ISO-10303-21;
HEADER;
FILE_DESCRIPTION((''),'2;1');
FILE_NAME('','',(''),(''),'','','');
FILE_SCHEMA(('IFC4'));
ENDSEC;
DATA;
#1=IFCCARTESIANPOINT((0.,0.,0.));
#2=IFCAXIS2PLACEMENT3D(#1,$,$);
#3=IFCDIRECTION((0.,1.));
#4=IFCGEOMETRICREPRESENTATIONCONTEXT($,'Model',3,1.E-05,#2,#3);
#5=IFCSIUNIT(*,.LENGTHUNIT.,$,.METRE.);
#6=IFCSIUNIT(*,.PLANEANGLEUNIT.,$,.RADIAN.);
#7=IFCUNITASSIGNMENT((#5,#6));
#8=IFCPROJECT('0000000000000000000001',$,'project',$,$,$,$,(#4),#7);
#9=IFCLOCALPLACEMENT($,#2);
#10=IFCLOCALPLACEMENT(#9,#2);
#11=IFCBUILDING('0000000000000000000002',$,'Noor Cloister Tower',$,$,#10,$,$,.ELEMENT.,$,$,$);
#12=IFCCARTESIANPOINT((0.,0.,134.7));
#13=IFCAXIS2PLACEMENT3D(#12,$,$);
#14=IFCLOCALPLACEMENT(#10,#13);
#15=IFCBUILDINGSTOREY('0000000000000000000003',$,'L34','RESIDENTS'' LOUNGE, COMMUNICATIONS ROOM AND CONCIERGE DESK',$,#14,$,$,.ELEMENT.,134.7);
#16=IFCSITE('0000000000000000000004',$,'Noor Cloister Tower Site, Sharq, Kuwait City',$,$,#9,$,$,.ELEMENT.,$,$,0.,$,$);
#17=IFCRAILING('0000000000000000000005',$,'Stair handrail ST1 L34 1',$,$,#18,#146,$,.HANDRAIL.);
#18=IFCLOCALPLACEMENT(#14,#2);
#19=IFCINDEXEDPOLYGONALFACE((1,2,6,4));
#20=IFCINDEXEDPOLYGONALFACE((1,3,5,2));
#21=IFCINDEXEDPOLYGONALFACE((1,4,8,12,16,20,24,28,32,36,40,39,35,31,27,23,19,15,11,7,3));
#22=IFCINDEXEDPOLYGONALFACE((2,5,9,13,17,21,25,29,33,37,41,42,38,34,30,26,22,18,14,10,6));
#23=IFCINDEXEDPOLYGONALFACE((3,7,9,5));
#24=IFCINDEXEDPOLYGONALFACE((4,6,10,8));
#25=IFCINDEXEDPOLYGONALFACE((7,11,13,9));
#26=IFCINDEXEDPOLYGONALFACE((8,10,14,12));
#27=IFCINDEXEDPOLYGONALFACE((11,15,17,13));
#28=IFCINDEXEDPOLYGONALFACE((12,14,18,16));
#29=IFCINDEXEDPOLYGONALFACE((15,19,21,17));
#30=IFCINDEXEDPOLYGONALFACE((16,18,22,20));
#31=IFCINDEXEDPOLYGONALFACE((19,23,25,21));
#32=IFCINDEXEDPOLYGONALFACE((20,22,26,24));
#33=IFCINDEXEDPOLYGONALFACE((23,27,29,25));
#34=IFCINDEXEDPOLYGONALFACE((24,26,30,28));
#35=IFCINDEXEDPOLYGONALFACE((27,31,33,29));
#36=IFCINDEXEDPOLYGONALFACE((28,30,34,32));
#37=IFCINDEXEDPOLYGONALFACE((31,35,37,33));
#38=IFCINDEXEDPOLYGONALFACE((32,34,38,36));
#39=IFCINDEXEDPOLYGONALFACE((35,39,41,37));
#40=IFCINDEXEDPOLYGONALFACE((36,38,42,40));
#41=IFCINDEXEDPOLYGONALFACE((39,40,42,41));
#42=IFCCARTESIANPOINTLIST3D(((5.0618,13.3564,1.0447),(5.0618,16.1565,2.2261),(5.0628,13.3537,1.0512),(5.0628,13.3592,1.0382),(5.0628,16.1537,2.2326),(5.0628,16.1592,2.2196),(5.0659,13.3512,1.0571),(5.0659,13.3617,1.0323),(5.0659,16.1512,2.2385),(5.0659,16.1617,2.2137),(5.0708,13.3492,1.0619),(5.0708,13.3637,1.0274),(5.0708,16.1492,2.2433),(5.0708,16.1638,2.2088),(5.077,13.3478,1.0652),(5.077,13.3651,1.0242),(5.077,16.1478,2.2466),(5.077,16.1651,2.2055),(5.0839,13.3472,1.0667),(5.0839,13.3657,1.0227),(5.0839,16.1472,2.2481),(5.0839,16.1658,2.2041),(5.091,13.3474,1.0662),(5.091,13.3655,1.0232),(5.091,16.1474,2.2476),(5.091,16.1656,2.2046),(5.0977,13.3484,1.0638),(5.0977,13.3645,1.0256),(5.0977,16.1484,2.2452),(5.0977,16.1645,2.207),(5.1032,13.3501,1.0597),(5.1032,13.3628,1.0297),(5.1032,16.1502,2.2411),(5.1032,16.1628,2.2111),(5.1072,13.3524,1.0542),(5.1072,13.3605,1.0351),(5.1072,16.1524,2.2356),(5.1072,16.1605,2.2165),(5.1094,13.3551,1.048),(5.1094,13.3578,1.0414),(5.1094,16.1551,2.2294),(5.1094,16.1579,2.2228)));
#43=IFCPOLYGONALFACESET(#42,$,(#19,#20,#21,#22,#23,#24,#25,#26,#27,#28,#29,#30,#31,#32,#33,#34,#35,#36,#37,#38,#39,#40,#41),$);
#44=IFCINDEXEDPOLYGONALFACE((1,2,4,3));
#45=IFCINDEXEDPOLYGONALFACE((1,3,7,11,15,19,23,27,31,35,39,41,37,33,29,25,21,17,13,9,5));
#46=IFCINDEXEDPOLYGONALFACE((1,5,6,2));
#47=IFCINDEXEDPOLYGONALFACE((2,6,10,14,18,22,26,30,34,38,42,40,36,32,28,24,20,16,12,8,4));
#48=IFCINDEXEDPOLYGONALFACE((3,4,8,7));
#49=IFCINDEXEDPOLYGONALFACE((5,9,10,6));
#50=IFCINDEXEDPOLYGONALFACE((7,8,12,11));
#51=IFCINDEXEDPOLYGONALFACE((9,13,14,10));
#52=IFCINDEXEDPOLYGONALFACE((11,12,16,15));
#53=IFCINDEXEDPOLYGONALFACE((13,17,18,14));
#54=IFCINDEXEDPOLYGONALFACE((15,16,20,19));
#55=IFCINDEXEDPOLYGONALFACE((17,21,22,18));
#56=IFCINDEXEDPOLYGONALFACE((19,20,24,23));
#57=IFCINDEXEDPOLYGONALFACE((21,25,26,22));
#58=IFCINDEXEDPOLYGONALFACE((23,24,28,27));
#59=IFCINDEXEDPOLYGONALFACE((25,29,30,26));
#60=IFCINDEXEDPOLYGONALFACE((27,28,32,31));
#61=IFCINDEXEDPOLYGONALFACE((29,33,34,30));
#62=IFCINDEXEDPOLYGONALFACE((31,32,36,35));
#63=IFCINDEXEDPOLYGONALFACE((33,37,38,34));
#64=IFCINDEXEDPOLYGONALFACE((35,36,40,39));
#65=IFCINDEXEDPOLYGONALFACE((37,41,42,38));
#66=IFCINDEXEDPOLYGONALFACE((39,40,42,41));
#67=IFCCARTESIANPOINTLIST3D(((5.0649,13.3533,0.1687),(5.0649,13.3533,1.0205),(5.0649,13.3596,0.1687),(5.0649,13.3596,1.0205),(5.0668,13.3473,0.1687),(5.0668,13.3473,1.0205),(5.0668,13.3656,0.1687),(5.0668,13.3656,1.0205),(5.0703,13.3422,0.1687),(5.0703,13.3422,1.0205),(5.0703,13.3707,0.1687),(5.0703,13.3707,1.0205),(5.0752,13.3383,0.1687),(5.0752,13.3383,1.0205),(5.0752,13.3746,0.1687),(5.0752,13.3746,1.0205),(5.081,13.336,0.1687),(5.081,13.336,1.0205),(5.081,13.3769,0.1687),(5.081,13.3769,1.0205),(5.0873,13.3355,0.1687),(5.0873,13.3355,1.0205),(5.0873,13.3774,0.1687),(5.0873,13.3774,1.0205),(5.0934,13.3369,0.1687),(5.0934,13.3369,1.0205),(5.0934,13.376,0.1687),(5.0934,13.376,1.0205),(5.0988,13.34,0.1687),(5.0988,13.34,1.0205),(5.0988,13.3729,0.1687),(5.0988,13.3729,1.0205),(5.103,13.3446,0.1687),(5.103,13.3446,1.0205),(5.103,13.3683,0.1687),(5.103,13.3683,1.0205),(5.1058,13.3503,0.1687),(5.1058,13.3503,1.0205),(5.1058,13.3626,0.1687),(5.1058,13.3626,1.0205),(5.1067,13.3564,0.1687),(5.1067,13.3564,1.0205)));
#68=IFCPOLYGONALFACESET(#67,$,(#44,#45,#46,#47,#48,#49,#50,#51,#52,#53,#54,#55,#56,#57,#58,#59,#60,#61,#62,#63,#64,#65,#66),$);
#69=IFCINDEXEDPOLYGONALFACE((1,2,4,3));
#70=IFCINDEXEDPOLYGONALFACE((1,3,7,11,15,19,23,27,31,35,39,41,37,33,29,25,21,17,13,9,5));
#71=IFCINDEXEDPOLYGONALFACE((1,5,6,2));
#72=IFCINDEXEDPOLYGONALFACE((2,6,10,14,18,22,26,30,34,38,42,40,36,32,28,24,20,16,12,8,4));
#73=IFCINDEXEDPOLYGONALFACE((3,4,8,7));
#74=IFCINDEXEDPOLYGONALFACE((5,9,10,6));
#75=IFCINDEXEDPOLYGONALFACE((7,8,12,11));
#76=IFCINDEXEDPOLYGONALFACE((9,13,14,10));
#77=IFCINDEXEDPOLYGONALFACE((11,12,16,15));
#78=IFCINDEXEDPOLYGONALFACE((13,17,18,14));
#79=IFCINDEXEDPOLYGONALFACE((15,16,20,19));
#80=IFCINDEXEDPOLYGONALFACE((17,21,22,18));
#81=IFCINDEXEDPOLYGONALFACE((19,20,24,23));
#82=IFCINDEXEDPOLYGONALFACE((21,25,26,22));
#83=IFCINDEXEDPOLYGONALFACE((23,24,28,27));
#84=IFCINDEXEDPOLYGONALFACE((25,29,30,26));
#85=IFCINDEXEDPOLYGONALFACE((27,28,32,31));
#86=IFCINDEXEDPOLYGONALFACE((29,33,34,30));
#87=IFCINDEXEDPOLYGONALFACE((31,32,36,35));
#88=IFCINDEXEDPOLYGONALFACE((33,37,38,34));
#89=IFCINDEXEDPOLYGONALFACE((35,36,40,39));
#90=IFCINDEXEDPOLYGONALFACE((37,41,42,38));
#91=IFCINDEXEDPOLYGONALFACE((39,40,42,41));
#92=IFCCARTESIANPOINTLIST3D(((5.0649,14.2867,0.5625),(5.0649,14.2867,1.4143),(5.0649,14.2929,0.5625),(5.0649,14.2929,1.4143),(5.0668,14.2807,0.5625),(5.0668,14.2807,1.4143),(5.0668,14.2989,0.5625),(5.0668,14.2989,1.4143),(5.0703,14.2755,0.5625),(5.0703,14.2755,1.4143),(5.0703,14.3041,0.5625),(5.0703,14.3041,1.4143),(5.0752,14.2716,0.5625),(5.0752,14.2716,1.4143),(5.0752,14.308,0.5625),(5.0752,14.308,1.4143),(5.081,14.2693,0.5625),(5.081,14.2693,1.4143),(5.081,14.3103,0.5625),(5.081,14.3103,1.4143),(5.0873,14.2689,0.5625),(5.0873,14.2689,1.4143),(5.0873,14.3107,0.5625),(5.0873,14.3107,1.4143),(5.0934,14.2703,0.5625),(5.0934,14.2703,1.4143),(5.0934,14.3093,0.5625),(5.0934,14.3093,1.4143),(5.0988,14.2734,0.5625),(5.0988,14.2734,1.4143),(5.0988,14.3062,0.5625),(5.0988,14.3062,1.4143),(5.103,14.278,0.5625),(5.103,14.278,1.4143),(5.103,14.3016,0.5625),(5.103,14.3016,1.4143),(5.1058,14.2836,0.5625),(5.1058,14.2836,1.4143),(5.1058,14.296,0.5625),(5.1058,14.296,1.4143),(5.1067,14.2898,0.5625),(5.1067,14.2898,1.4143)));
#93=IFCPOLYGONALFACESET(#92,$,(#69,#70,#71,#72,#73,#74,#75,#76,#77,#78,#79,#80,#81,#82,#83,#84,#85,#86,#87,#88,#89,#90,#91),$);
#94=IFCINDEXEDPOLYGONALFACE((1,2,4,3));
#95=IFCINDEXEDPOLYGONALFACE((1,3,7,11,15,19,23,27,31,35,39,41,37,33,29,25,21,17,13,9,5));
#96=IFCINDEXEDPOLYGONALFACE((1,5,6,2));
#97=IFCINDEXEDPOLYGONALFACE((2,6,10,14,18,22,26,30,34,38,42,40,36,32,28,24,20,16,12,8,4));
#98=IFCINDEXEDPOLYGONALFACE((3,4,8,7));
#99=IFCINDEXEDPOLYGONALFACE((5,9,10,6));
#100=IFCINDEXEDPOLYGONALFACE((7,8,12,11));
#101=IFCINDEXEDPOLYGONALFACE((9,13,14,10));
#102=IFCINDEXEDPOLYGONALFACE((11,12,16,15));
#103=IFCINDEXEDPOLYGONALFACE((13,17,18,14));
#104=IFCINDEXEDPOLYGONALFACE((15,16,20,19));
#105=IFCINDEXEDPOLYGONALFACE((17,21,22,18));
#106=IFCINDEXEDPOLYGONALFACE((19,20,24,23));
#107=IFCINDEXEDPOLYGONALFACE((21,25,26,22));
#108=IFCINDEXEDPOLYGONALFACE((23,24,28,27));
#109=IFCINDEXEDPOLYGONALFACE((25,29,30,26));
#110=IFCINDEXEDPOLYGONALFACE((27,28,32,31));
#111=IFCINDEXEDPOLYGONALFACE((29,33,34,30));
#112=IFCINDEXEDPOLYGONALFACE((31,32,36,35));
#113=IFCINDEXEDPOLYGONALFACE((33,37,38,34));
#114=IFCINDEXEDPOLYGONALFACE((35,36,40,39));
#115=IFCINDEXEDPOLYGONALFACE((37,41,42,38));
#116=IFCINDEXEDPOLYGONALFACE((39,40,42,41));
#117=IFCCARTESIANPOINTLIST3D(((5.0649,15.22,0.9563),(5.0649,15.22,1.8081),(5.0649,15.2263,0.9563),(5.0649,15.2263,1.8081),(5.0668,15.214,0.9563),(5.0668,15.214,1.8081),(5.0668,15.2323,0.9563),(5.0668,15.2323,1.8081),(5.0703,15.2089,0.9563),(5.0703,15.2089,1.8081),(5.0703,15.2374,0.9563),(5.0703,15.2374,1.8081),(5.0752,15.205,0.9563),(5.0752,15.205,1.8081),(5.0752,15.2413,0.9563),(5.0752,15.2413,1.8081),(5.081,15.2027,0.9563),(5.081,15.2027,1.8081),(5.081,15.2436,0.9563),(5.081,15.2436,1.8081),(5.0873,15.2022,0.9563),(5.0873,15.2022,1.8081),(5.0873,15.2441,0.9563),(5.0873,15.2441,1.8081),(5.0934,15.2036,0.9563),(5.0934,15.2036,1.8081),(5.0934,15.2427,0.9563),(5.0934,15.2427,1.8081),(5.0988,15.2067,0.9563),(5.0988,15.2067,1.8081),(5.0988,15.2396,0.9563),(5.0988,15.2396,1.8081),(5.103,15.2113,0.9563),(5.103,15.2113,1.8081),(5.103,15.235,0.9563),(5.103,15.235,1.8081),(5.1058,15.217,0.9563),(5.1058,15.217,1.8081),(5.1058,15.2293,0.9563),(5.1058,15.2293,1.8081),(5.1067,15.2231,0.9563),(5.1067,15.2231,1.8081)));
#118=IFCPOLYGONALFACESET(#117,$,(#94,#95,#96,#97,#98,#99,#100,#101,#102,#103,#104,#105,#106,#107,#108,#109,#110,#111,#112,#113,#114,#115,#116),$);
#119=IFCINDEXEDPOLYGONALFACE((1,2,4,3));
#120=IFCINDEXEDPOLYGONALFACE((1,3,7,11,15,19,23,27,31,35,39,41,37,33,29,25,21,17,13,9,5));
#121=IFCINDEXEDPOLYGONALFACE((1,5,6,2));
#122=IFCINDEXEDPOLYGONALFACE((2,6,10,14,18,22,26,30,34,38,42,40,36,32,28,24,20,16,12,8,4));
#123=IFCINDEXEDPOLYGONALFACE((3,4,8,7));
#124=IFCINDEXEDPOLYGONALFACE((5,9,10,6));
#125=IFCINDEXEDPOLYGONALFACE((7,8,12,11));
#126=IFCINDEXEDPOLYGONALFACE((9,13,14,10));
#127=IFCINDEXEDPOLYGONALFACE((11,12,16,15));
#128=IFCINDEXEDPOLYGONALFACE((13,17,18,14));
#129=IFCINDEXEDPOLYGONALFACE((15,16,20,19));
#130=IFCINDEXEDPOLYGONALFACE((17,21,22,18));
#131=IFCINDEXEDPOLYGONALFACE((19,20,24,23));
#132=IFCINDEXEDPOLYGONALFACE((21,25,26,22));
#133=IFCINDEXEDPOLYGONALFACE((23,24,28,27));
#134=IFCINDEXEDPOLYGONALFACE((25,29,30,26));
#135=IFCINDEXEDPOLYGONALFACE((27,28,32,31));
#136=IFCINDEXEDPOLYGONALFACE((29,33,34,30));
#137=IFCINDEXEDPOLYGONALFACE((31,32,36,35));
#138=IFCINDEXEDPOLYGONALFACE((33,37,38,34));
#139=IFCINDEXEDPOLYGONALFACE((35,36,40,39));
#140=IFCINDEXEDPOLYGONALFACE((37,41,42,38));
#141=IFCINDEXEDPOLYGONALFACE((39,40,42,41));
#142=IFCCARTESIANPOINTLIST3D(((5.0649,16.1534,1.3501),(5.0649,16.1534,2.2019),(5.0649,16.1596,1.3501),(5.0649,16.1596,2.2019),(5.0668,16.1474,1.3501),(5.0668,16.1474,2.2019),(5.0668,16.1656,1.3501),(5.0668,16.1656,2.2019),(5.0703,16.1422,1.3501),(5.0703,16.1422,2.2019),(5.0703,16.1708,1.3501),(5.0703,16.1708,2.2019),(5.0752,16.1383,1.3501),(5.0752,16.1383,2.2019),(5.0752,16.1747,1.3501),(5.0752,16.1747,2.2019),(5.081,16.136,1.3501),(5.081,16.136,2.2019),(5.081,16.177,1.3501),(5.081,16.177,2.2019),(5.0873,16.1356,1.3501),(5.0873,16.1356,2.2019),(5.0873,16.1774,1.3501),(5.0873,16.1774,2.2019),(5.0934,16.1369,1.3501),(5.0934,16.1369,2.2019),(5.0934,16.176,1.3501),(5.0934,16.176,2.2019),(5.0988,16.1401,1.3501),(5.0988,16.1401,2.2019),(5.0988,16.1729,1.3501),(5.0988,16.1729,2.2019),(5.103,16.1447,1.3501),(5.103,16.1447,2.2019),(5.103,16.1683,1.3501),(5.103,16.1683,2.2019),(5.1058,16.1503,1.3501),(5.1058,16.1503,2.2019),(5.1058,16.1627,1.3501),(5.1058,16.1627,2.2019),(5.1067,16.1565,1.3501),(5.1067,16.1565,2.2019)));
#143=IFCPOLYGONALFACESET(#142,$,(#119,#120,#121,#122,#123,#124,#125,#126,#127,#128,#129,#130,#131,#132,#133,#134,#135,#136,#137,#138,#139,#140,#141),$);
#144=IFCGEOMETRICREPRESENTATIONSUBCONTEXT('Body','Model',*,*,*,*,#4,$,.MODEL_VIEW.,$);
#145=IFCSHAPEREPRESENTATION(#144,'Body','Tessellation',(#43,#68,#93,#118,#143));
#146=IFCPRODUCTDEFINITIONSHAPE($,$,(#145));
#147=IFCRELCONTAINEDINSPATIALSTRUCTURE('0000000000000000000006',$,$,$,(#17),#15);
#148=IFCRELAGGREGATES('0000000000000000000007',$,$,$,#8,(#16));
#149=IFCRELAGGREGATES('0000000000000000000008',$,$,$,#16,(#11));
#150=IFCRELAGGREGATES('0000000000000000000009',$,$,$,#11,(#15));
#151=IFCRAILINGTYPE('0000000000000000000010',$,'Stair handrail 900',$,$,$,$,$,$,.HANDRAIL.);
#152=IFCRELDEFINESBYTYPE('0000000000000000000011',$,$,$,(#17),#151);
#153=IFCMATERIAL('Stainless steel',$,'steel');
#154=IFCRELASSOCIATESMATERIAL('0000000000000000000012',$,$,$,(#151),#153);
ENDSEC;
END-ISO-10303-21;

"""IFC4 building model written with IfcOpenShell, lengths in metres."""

from ifc_helpers import new_model, si_unit, direction, frame, origin, origin_2d, place, context, subcontext, project, spatial, circle, extrude, material, type_object, element, save


model = new_model("IFC4")

# Units and contexts
model_context = context("Model", 3, precision=1e-05, world=origin(), true_north=direction((0.0, 1.0)))
body_context = subcontext(model_context, "Body", "Model", "MODEL_VIEW")
ifc_project = project(units=[si_unit("LENGTHUNIT", "METRE"), si_unit("PLANEANGLEUNIT", "RADIAN")], contexts=[model_context])

# Site, building, storey
site_placement = place(None, origin())
site = spatial("IfcSite", under=ifc_project, at=site_placement, Name="Noor Cloister Tower Site, Sharq, Kuwait City", CompositionType="ELEMENT", RefElevation=0.0)
building_placement = place(site_placement, origin())
building = spatial("IfcBuilding", under=site, at=building_placement, Name="Noor Cloister Tower", CompositionType="ELEMENT")
storey_placement = place(building_placement, frame((0.0, 0.0, 134.7)))
storey = spatial("IfcBuildingStorey", under=building, at=storey_placement, Name="L34", Description="RESIDENTS' LOUNGE, COMMUNICATIONS ROOM AND CONCIERGE DESK", CompositionType="ELEMENT", Elevation=134.7)

# Railing
ifc_material_1 = material(Name="Stainless steel", Category="steel")
railing_type_1 = type_object("IfcRailingType", Name="Stair handrail 900", PredefinedType="HANDRAIL", material=ifc_material_1)
railing_1_placement = place(storey_placement, frame((5.0857, 13.3564, 0.1687)))
element("IfcRailing", 1, at=railing_1_placement, inside=storey, type_object=railing_type_1, Name="Stair handrail ST1 L34 1", PredefinedType="HANDRAIL", context=body_context, shape_type="SweptSolid", body=[
    extrude(circle(Radius=0.0239, at=origin_2d()), frame((0.0, 0.0, 0.876), z_axis=(0.0, 0.921349, 0.388736), x_axis=(-1.0, 0.0, 0.0)), (0.0, 0.0, 1.0), 3.0391),
    extrude(circle(Radius=0.021, at=origin_2d()), origin(), (0.0, 0.0, 1.0), 0.8518),
    extrude(circle(Radius=0.021, at=origin_2d()), frame((0.0, 0.9333, 0.3938)), (0.0, 0.0, 1.0), 0.8518),
    extrude(circle(Radius=0.021, at=origin_2d()), frame((0.0, 1.8667, 0.7876)), (0.0, 0.0, 1.0), 0.8518),
    extrude(circle(Radius=0.021, at=origin_2d()), frame((0.0, 2.8, 1.1814)), (0.0, 0.0, 1.0), 0.8518),
])

save(model, "model.ifc")
